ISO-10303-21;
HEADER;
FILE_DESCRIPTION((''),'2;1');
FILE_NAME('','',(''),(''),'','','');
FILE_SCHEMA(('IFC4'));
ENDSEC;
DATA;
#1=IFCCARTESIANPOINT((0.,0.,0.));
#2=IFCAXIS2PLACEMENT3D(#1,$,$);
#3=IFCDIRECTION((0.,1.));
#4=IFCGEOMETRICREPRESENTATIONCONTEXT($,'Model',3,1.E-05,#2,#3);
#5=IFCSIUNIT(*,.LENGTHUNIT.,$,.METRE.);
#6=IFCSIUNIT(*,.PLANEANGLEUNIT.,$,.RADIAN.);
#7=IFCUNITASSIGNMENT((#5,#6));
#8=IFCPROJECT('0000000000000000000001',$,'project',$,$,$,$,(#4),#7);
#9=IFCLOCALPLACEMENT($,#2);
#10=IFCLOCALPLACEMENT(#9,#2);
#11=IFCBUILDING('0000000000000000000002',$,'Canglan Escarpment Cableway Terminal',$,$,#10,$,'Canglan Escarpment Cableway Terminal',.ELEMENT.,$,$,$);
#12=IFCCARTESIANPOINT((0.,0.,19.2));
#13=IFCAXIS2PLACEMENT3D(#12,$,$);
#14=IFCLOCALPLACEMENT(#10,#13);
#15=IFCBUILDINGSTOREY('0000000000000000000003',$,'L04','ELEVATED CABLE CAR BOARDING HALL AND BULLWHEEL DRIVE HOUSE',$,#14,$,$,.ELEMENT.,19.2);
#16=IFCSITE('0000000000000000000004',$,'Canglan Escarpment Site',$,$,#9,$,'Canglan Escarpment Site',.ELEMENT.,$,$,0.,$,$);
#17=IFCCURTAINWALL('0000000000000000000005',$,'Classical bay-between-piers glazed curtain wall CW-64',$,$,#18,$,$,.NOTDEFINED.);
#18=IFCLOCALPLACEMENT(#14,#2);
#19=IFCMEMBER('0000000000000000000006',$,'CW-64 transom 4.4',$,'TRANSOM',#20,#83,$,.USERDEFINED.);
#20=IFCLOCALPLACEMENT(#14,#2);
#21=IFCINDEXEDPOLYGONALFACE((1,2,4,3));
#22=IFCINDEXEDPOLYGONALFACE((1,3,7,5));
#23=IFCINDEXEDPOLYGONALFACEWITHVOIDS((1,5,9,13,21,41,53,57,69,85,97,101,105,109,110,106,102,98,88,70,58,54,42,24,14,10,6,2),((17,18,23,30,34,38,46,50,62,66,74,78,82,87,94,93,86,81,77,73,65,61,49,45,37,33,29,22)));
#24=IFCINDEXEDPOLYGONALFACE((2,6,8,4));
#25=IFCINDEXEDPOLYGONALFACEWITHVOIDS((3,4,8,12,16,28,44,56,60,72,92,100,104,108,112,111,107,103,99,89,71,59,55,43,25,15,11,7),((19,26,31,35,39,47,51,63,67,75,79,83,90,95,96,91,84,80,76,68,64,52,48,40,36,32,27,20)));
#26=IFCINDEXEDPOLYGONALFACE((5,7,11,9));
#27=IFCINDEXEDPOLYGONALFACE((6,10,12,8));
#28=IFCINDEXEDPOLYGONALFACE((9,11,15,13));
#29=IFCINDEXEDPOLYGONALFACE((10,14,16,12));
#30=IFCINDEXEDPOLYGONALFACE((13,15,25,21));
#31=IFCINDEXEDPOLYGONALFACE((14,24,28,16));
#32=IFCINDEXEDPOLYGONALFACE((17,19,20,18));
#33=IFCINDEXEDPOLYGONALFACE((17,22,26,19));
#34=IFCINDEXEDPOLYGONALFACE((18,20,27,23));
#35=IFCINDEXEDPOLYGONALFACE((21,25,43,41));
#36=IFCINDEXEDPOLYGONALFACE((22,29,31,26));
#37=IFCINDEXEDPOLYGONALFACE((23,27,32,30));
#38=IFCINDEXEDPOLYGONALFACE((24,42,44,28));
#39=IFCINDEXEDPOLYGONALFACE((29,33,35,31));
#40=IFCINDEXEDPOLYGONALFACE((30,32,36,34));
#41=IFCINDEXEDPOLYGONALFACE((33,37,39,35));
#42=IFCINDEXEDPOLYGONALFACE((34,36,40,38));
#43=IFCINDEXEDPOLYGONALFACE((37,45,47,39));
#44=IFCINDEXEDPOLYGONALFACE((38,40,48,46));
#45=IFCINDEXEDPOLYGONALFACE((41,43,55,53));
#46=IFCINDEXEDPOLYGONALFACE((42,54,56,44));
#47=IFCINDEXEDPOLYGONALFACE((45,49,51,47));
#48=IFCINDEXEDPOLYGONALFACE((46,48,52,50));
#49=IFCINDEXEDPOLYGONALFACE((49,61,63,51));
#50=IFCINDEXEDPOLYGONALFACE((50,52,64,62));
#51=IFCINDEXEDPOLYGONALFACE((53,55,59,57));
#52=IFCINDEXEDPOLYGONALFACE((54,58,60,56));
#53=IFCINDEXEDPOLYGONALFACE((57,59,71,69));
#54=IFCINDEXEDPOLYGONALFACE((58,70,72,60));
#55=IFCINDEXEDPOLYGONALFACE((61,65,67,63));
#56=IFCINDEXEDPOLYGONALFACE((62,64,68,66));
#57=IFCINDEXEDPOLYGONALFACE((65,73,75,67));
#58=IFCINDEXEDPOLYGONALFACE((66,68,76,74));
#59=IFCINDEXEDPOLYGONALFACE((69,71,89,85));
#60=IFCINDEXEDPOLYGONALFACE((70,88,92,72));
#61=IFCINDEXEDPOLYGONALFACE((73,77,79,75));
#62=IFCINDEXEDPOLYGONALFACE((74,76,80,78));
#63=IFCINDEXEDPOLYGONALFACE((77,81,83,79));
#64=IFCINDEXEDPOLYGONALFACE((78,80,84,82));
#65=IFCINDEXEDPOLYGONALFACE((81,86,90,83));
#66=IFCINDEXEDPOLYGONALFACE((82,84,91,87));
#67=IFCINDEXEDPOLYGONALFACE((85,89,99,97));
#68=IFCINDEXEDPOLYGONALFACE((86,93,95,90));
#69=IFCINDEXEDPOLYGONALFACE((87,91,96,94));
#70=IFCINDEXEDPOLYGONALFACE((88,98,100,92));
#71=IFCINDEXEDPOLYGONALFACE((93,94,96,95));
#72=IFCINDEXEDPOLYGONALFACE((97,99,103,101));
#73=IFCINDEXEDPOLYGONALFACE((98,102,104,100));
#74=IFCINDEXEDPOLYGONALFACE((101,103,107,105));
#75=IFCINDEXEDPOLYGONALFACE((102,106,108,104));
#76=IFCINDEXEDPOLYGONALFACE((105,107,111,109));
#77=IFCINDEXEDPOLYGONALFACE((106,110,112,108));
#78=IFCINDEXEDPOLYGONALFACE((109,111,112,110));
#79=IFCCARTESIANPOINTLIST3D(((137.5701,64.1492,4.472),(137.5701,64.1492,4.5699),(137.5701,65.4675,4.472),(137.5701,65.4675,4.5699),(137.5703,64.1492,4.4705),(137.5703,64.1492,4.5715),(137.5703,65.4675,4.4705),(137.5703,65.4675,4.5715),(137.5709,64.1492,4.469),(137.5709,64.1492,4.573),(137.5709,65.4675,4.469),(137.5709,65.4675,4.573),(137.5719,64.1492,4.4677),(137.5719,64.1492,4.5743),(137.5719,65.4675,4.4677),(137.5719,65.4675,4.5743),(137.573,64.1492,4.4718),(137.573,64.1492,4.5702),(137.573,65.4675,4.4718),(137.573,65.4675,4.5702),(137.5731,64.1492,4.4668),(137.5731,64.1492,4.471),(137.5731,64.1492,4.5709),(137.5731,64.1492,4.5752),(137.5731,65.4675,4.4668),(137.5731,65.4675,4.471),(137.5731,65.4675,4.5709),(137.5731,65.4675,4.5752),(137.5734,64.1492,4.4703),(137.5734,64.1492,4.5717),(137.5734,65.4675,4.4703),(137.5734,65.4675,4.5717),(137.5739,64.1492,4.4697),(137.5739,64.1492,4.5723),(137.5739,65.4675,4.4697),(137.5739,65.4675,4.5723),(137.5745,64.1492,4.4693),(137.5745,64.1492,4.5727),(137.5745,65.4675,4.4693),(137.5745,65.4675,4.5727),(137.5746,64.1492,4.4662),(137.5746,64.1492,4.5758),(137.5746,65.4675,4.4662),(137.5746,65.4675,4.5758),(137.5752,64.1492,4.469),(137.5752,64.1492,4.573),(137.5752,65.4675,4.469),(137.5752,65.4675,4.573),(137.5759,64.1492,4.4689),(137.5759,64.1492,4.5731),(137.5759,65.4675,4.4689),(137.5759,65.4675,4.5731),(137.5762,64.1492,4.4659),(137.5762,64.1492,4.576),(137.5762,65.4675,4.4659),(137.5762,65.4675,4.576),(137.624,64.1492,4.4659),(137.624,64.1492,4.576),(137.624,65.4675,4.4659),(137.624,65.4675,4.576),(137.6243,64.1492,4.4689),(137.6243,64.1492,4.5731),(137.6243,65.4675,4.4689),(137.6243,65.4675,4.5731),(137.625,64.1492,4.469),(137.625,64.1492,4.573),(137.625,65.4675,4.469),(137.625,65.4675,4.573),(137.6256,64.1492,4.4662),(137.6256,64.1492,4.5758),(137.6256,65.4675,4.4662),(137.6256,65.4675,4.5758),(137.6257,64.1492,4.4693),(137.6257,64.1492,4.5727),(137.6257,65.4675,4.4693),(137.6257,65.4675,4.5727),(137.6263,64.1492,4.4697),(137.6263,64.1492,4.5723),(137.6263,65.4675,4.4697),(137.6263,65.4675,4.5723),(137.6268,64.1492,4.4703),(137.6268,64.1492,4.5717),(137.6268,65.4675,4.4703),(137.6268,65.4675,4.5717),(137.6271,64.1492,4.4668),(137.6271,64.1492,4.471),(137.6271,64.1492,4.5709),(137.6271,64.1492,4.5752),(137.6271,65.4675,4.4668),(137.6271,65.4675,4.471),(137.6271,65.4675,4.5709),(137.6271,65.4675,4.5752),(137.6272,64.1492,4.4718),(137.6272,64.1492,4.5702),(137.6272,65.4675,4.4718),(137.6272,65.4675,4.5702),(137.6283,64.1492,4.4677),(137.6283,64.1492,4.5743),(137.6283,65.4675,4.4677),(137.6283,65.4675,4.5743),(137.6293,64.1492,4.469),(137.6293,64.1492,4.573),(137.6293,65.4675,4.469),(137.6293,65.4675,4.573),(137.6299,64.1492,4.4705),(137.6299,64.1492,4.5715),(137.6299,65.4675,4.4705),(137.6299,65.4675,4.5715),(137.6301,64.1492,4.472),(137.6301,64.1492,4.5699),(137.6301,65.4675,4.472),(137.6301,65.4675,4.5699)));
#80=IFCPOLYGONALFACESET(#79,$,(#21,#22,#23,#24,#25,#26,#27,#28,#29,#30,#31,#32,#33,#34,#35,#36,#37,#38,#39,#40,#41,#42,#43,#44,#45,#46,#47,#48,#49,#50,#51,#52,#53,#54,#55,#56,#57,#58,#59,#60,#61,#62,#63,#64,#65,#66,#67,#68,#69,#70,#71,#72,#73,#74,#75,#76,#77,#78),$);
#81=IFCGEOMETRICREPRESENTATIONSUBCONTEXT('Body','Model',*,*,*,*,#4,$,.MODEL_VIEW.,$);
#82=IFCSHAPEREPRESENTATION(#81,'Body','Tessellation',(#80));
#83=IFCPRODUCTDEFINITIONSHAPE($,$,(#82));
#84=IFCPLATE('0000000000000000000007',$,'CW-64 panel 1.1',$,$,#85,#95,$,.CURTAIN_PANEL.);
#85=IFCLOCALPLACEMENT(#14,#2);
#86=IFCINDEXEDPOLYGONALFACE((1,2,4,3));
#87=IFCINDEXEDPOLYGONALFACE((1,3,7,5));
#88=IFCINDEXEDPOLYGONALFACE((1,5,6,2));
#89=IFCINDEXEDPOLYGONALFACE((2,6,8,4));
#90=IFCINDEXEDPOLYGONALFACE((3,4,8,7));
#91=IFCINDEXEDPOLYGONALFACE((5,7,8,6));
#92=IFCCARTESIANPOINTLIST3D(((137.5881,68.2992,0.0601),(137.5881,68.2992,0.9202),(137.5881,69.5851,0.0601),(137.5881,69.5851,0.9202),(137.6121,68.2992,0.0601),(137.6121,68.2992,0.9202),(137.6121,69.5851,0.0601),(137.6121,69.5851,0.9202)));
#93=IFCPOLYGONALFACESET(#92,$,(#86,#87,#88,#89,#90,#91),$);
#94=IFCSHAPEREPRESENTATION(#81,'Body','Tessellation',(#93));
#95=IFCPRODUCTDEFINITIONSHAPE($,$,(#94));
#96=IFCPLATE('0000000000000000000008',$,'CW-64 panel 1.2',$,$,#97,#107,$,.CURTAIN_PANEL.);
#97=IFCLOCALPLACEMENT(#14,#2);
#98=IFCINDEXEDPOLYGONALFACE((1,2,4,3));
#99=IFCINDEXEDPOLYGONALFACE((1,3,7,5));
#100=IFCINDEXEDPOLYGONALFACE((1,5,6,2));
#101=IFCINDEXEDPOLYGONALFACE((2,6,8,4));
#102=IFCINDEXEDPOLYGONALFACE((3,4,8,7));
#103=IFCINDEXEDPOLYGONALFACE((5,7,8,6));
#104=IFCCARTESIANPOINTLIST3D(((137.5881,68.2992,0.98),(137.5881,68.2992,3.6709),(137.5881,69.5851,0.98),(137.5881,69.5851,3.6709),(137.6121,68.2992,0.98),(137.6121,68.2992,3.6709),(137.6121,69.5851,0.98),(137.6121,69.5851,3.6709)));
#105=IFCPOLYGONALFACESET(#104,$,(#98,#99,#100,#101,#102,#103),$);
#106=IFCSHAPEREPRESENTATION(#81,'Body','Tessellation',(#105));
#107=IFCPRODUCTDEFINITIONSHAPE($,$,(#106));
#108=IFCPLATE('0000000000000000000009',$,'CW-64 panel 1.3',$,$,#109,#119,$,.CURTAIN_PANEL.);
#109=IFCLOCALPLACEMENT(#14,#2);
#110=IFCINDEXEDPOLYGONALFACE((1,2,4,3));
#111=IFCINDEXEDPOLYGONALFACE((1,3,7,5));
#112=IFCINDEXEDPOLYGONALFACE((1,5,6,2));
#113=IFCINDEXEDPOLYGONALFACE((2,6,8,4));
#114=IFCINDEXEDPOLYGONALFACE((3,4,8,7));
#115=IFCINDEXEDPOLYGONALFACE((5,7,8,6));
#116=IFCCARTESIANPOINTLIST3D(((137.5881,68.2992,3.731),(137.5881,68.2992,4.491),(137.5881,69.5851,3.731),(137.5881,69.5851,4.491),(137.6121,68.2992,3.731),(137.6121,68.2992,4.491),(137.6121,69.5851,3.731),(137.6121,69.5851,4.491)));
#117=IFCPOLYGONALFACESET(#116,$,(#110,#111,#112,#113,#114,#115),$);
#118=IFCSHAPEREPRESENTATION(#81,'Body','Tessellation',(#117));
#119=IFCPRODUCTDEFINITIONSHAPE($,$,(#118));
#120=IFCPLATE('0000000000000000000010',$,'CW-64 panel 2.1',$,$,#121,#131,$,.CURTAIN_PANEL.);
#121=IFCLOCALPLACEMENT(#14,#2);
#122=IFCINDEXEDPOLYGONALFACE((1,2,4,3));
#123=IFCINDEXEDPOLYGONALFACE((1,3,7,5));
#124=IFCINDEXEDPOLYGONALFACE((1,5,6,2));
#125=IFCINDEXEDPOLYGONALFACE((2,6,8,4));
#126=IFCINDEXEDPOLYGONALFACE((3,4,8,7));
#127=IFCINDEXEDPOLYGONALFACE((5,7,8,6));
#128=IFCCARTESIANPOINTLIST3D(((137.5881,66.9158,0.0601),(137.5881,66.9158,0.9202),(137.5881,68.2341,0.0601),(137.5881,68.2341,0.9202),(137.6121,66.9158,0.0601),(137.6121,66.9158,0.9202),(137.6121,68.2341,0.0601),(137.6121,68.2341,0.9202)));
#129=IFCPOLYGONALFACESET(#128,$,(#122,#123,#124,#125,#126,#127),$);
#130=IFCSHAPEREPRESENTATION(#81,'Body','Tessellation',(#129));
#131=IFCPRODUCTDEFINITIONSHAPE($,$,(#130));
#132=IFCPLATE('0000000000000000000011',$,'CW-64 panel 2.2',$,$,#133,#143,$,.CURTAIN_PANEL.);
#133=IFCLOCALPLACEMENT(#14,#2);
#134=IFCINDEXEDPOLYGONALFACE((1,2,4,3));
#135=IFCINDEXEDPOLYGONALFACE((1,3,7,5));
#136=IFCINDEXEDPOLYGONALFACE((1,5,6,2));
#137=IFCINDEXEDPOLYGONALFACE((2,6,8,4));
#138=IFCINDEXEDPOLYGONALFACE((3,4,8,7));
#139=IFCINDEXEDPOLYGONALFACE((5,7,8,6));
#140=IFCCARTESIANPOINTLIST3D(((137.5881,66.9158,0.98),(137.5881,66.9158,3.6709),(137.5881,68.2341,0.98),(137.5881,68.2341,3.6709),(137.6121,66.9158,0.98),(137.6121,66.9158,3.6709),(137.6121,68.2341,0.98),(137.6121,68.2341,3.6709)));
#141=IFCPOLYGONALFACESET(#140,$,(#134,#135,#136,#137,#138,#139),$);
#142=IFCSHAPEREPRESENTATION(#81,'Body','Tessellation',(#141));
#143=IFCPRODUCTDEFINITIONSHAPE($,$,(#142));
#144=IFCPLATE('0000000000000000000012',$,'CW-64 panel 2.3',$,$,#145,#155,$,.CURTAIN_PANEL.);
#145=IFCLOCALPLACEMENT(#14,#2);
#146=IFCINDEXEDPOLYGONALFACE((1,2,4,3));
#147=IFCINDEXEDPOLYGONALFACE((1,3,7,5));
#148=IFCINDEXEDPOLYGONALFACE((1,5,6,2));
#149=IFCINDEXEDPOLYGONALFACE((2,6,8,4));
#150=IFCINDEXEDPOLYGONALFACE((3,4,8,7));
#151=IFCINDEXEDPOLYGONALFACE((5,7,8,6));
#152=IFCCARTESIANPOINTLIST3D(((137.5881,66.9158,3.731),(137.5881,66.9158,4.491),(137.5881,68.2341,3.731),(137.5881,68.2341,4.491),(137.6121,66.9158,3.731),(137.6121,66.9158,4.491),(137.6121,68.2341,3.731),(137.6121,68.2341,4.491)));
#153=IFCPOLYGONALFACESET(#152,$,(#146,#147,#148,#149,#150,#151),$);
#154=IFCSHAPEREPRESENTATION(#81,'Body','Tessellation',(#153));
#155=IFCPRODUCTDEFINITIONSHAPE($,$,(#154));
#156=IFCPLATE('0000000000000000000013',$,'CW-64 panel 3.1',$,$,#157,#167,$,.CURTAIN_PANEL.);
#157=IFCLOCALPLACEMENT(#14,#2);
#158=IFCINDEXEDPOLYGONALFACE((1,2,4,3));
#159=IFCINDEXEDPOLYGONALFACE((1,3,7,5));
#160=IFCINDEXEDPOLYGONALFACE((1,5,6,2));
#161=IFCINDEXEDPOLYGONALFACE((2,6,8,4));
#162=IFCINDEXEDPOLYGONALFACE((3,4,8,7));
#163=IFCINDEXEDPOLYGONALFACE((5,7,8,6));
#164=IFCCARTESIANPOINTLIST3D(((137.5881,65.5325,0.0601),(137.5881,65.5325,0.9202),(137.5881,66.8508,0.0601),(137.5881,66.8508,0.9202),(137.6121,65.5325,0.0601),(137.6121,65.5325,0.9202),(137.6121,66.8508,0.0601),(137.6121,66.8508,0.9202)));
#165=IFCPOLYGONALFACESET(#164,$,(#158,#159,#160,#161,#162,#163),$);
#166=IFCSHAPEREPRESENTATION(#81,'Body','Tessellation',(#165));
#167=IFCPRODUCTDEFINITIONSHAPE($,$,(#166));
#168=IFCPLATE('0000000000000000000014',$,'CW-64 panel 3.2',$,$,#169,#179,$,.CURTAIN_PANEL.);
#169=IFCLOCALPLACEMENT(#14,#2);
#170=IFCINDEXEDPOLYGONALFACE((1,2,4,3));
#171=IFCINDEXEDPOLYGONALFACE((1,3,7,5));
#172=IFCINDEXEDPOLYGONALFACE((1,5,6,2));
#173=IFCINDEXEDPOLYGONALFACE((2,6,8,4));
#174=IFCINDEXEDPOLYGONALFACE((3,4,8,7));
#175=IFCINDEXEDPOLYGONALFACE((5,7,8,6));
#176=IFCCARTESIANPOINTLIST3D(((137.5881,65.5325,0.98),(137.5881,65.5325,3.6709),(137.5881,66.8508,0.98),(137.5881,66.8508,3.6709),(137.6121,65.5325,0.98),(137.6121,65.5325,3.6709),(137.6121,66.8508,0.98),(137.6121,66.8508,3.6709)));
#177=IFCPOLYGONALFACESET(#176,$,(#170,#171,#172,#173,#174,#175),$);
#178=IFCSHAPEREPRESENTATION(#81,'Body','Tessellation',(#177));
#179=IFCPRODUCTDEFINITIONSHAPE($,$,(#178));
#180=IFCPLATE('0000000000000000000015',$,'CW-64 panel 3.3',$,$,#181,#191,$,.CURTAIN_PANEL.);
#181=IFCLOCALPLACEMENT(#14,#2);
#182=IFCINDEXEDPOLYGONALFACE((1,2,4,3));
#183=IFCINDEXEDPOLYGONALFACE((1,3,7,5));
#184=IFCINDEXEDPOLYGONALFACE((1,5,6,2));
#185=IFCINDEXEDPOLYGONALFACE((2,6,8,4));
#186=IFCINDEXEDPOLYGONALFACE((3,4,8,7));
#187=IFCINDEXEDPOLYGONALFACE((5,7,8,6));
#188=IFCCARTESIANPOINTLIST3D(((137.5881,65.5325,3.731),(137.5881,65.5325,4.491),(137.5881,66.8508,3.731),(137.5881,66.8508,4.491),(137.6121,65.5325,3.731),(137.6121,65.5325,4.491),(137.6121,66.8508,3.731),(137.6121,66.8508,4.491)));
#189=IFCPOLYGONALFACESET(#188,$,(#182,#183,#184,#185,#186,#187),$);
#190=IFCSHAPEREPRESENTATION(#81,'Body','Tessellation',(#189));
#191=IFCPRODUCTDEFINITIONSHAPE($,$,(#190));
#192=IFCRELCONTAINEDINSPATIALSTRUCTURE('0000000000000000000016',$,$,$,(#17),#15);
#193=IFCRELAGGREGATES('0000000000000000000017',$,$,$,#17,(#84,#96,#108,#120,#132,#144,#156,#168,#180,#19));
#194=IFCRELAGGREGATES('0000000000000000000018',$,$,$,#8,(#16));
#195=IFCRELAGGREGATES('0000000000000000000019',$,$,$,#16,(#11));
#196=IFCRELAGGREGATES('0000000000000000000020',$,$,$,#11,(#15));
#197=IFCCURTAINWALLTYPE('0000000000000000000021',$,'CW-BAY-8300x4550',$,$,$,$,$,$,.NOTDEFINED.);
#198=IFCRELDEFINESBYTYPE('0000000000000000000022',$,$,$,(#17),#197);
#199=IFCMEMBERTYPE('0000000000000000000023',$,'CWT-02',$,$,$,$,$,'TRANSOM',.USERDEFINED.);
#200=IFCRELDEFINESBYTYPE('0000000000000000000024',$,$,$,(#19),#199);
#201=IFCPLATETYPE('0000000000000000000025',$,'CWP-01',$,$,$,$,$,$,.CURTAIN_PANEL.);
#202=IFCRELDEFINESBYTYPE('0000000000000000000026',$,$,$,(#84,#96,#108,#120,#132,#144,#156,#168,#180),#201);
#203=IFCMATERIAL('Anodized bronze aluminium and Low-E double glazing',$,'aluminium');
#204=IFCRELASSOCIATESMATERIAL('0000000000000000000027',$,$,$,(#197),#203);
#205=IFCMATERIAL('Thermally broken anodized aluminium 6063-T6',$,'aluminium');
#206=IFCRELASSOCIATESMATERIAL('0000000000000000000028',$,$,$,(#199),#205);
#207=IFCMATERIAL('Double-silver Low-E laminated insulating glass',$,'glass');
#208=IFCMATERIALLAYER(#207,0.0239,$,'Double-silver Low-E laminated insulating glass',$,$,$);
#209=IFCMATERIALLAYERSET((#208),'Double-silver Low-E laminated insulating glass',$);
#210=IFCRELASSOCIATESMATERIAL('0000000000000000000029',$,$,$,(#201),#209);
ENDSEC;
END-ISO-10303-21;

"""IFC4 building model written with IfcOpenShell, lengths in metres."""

from ifc_helpers import new_model, si_unit, direction, frame, origin, origin_2d, place, context, subcontext, project, spatial, rectangle, hollow_rectangle, extrude, material, layer, layer_set, material_profile, profile_set, type_object, element, aggregate, save


model = new_model("IFC4")

# Units and contexts
model_context = context("Model", 3, precision=1e-05, world=origin(), true_north=direction((0.0, 1.0)))
body_context = subcontext(model_context, "Body", "Model", "MODEL_VIEW")
ifc_project = project(units=[si_unit("LENGTHUNIT", "METRE"), si_unit("PLANEANGLEUNIT", "RADIAN")], contexts=[model_context])

# Site, building, storey
site_placement = place(None, origin())
site = spatial("IfcSite", under=ifc_project, at=site_placement, Name="Canglan Escarpment Site", LongName="Canglan Escarpment Site", CompositionType="ELEMENT", RefElevation=0.0)
building_placement = place(site_placement, origin())
building = spatial("IfcBuilding", under=site, at=building_placement, Name="Canglan Escarpment Cableway Terminal", LongName="Canglan Escarpment Cableway Terminal", CompositionType="ELEMENT")
storey_placement = place(building_placement, frame((0.0, 0.0, 19.2)))
storey = spatial("IfcBuildingStorey", under=building, at=storey_placement, Name="L04", Description="ELEVATED CABLE CAR BOARDING HALL AND BULLWHEEL DRIVE HOUSE", CompositionType="ELEMENT", Elevation=19.2)

# Curtain wall
ifc_material_1 = material(Name="Anodized bronze aluminium and Low-E double glazing", Category="aluminium")
curtain_wall_type = type_object("IfcCurtainWallType", Name="CW-BAY-8300x4550", PredefinedType="NOTDEFINED", material=ifc_material_1)
curtain_wall_1_placement = place(storey_placement, origin())
curtain_wall_1 = element("IfcCurtainWall", 1, at=curtain_wall_1_placement, inside=storey, type_object=curtain_wall_type, Name="Classical bay-between-piers glazed curtain wall CW-64", PredefinedType="NOTDEFINED")
ifc_material_2 = material(Name="Thermally broken anodized aluminium 6063-T6", Category="aluminium")

# Member
ifc_material_profile_1 = material_profile(ifc_material_2, hollow_rectangle(XDim=0.0601, YDim=0.1101, WallThickness=0.0029, InnerFilletRadius=0.0029, OuterFilletRadius=0.0061, at=origin_2d()), Name="ALU-TRAN 60x110x3")
ifc_profile_set_1 = profile_set([ifc_material_profile_1], Name="Thermally broken anodized aluminium 6063-T6")
member_type_1 = type_object("IfcMemberType", Name="CWT-02", ElementType="TRANSOM", PredefinedType="USERDEFINED", material=ifc_profile_set_1)
member_1_placement = place(storey_placement, frame((137.6001, 65.4675, 4.521), z_axis=(0.0, -1.0, 0.0), x_axis=(1.0, 0.0, 0.0)))
member_1 = element("IfcMember", 2, at=member_1_placement, type_object=member_type_1, Name="CW-64 transom 4.4", ObjectType="TRANSOM", PredefinedType="USERDEFINED", context=body_context, shape_type="SweptSolid", body=[
    extrude(hollow_rectangle(XDim=0.0601, YDim=0.1101, WallThickness=0.0029, InnerFilletRadius=0.0029, OuterFilletRadius=0.0061, at=origin_2d()), origin(), (0.0, 0.0, 1.0), 1.3184),
])

# Plates
ifc_material_3 = material(Name="Double-silver Low-E laminated insulating glass", Category="glass")
ifc_layer_1 = layer(ifc_material_3, 0.0239, Name="Double-silver Low-E laminated insulating glass")
ifc_layer_set_1 = layer_set([ifc_layer_1], Name="Double-silver Low-E laminated insulating glass")
plate_type_1 = type_object("IfcPlateType", Name="CWP-01", PredefinedType="CURTAIN_PANEL", material=ifc_layer_set_1)
plate_1_placement = place(storey_placement, frame((137.6001, 68.9421, 0.0601), z_axis=(0.0, 0.0, 1.0), x_axis=(0.0, -1.0, 0.0)))
plate_1 = element("IfcPlate", 3, at=plate_1_placement, type_object=plate_type_1, Name="CW-64 panel 1.1", PredefinedType="CURTAIN_PANEL", context=body_context, shape_type="SweptSolid", body=[
    extrude(rectangle(XDim=1.2859, YDim=0.0239, at=origin_2d()), origin(), (0.0, 0.0, 1.0), 0.8601),
])
plate_2_placement = place(storey_placement, frame((137.6001, 68.9421, 0.98), z_axis=(0.0, 0.0, 1.0), x_axis=(0.0, -1.0, 0.0)))
plate_2 = element("IfcPlate", 4, at=plate_2_placement, type_object=plate_type_1, Name="CW-64 panel 1.2", PredefinedType="CURTAIN_PANEL", context=body_context, shape_type="SweptSolid", body=[
    extrude(rectangle(XDim=1.2859, YDim=0.0239, at=origin_2d()), origin(), (0.0, 0.0, 1.0), 2.6909),
])
plate_3_placement = place(storey_placement, frame((137.6001, 68.9421, 3.731), z_axis=(0.0, 0.0, 1.0), x_axis=(0.0, -1.0, 0.0)))
plate_3 = element("IfcPlate", 5, at=plate_3_placement, type_object=plate_type_1, Name="CW-64 panel 1.3", PredefinedType="CURTAIN_PANEL", context=body_context, shape_type="SweptSolid", body=[
    extrude(rectangle(XDim=1.2859, YDim=0.0239, at=origin_2d()), origin(), (0.0, 0.0, 1.0), 0.76),
])
plate_4_placement = place(storey_placement, frame((137.6001, 67.575, 0.0601), z_axis=(0.0, 0.0, 1.0), x_axis=(0.0, -1.0, 0.0)))
plate_4 = element("IfcPlate", 6, at=plate_4_placement, type_object=plate_type_1, Name="CW-64 panel 2.1", PredefinedType="CURTAIN_PANEL", context=body_context, shape_type="SweptSolid", body=[
    extrude(rectangle(XDim=1.3184, YDim=0.0239, at=origin_2d()), origin(), (0.0, 0.0, 1.0), 0.8601),
])
plate_5_placement = place(storey_placement, frame((137.6001, 67.575, 0.98), z_axis=(0.0, 0.0, 1.0), x_axis=(0.0, -1.0, 0.0)))
plate_5 = element("IfcPlate", 7, at=plate_5_placement, type_object=plate_type_1, Name="CW-64 panel 2.2", PredefinedType="CURTAIN_PANEL", context=body_context, shape_type="SweptSolid", body=[
    extrude(rectangle(XDim=1.3184, YDim=0.0239, at=origin_2d()), origin(), (0.0, 0.0, 1.0), 2.6909),
])
plate_6_placement = place(storey_placement, frame((137.6001, 67.575, 3.731), z_axis=(0.0, 0.0, 1.0), x_axis=(0.0, -1.0, 0.0)))
plate_6 = element("IfcPlate", 8, at=plate_6_placement, type_object=plate_type_1, Name="CW-64 panel 2.3", PredefinedType="CURTAIN_PANEL", context=body_context, shape_type="SweptSolid", body=[
    extrude(rectangle(XDim=1.3184, YDim=0.0239, at=origin_2d()), origin(), (0.0, 0.0, 1.0), 0.76),
])
plate_7_placement = place(storey_placement, frame((137.6001, 66.1917, 0.0601), z_axis=(0.0, 0.0, 1.0), x_axis=(0.0, -1.0, 0.0)))
plate_7 = element("IfcPlate", 9, at=plate_7_placement, type_object=plate_type_1, Name="CW-64 panel 3.1", PredefinedType="CURTAIN_PANEL", context=body_context, shape_type="SweptSolid", body=[
    extrude(rectangle(XDim=1.3184, YDim=0.0239, at=origin_2d()), origin(), (0.0, 0.0, 1.0), 0.8601),
])
plate_8_placement = place(storey_placement, frame((137.6001, 66.1917, 0.98), z_axis=(0.0, 0.0, 1.0), x_axis=(0.0, -1.0, 0.0)))
plate_8 = element("IfcPlate", 10, at=plate_8_placement, type_object=plate_type_1, Name="CW-64 panel 3.2", PredefinedType="CURTAIN_PANEL", context=body_context, shape_type="SweptSolid", body=[
    extrude(rectangle(XDim=1.3184, YDim=0.0239, at=origin_2d()), origin(), (0.0, 0.0, 1.0), 2.6909),
])
plate_9_placement = place(storey_placement, frame((137.6001, 66.1917, 3.731), z_axis=(0.0, 0.0, 1.0), x_axis=(0.0, -1.0, 0.0)))
plate_9 = element("IfcPlate", 11, at=plate_9_placement, type_object=plate_type_1, Name="CW-64 panel 3.3", PredefinedType="CURTAIN_PANEL", context=body_context, shape_type="SweptSolid", body=[
    extrude(rectangle(XDim=1.3184, YDim=0.0239, at=origin_2d()), origin(), (0.0, 0.0, 1.0), 0.76),
])
aggregate(curtain_wall_1, [plate_1, plate_2, plate_3, plate_4, plate_5, plate_6, plate_7, plate_8, plate_9, member_1])

save(model, "model.ifc")
